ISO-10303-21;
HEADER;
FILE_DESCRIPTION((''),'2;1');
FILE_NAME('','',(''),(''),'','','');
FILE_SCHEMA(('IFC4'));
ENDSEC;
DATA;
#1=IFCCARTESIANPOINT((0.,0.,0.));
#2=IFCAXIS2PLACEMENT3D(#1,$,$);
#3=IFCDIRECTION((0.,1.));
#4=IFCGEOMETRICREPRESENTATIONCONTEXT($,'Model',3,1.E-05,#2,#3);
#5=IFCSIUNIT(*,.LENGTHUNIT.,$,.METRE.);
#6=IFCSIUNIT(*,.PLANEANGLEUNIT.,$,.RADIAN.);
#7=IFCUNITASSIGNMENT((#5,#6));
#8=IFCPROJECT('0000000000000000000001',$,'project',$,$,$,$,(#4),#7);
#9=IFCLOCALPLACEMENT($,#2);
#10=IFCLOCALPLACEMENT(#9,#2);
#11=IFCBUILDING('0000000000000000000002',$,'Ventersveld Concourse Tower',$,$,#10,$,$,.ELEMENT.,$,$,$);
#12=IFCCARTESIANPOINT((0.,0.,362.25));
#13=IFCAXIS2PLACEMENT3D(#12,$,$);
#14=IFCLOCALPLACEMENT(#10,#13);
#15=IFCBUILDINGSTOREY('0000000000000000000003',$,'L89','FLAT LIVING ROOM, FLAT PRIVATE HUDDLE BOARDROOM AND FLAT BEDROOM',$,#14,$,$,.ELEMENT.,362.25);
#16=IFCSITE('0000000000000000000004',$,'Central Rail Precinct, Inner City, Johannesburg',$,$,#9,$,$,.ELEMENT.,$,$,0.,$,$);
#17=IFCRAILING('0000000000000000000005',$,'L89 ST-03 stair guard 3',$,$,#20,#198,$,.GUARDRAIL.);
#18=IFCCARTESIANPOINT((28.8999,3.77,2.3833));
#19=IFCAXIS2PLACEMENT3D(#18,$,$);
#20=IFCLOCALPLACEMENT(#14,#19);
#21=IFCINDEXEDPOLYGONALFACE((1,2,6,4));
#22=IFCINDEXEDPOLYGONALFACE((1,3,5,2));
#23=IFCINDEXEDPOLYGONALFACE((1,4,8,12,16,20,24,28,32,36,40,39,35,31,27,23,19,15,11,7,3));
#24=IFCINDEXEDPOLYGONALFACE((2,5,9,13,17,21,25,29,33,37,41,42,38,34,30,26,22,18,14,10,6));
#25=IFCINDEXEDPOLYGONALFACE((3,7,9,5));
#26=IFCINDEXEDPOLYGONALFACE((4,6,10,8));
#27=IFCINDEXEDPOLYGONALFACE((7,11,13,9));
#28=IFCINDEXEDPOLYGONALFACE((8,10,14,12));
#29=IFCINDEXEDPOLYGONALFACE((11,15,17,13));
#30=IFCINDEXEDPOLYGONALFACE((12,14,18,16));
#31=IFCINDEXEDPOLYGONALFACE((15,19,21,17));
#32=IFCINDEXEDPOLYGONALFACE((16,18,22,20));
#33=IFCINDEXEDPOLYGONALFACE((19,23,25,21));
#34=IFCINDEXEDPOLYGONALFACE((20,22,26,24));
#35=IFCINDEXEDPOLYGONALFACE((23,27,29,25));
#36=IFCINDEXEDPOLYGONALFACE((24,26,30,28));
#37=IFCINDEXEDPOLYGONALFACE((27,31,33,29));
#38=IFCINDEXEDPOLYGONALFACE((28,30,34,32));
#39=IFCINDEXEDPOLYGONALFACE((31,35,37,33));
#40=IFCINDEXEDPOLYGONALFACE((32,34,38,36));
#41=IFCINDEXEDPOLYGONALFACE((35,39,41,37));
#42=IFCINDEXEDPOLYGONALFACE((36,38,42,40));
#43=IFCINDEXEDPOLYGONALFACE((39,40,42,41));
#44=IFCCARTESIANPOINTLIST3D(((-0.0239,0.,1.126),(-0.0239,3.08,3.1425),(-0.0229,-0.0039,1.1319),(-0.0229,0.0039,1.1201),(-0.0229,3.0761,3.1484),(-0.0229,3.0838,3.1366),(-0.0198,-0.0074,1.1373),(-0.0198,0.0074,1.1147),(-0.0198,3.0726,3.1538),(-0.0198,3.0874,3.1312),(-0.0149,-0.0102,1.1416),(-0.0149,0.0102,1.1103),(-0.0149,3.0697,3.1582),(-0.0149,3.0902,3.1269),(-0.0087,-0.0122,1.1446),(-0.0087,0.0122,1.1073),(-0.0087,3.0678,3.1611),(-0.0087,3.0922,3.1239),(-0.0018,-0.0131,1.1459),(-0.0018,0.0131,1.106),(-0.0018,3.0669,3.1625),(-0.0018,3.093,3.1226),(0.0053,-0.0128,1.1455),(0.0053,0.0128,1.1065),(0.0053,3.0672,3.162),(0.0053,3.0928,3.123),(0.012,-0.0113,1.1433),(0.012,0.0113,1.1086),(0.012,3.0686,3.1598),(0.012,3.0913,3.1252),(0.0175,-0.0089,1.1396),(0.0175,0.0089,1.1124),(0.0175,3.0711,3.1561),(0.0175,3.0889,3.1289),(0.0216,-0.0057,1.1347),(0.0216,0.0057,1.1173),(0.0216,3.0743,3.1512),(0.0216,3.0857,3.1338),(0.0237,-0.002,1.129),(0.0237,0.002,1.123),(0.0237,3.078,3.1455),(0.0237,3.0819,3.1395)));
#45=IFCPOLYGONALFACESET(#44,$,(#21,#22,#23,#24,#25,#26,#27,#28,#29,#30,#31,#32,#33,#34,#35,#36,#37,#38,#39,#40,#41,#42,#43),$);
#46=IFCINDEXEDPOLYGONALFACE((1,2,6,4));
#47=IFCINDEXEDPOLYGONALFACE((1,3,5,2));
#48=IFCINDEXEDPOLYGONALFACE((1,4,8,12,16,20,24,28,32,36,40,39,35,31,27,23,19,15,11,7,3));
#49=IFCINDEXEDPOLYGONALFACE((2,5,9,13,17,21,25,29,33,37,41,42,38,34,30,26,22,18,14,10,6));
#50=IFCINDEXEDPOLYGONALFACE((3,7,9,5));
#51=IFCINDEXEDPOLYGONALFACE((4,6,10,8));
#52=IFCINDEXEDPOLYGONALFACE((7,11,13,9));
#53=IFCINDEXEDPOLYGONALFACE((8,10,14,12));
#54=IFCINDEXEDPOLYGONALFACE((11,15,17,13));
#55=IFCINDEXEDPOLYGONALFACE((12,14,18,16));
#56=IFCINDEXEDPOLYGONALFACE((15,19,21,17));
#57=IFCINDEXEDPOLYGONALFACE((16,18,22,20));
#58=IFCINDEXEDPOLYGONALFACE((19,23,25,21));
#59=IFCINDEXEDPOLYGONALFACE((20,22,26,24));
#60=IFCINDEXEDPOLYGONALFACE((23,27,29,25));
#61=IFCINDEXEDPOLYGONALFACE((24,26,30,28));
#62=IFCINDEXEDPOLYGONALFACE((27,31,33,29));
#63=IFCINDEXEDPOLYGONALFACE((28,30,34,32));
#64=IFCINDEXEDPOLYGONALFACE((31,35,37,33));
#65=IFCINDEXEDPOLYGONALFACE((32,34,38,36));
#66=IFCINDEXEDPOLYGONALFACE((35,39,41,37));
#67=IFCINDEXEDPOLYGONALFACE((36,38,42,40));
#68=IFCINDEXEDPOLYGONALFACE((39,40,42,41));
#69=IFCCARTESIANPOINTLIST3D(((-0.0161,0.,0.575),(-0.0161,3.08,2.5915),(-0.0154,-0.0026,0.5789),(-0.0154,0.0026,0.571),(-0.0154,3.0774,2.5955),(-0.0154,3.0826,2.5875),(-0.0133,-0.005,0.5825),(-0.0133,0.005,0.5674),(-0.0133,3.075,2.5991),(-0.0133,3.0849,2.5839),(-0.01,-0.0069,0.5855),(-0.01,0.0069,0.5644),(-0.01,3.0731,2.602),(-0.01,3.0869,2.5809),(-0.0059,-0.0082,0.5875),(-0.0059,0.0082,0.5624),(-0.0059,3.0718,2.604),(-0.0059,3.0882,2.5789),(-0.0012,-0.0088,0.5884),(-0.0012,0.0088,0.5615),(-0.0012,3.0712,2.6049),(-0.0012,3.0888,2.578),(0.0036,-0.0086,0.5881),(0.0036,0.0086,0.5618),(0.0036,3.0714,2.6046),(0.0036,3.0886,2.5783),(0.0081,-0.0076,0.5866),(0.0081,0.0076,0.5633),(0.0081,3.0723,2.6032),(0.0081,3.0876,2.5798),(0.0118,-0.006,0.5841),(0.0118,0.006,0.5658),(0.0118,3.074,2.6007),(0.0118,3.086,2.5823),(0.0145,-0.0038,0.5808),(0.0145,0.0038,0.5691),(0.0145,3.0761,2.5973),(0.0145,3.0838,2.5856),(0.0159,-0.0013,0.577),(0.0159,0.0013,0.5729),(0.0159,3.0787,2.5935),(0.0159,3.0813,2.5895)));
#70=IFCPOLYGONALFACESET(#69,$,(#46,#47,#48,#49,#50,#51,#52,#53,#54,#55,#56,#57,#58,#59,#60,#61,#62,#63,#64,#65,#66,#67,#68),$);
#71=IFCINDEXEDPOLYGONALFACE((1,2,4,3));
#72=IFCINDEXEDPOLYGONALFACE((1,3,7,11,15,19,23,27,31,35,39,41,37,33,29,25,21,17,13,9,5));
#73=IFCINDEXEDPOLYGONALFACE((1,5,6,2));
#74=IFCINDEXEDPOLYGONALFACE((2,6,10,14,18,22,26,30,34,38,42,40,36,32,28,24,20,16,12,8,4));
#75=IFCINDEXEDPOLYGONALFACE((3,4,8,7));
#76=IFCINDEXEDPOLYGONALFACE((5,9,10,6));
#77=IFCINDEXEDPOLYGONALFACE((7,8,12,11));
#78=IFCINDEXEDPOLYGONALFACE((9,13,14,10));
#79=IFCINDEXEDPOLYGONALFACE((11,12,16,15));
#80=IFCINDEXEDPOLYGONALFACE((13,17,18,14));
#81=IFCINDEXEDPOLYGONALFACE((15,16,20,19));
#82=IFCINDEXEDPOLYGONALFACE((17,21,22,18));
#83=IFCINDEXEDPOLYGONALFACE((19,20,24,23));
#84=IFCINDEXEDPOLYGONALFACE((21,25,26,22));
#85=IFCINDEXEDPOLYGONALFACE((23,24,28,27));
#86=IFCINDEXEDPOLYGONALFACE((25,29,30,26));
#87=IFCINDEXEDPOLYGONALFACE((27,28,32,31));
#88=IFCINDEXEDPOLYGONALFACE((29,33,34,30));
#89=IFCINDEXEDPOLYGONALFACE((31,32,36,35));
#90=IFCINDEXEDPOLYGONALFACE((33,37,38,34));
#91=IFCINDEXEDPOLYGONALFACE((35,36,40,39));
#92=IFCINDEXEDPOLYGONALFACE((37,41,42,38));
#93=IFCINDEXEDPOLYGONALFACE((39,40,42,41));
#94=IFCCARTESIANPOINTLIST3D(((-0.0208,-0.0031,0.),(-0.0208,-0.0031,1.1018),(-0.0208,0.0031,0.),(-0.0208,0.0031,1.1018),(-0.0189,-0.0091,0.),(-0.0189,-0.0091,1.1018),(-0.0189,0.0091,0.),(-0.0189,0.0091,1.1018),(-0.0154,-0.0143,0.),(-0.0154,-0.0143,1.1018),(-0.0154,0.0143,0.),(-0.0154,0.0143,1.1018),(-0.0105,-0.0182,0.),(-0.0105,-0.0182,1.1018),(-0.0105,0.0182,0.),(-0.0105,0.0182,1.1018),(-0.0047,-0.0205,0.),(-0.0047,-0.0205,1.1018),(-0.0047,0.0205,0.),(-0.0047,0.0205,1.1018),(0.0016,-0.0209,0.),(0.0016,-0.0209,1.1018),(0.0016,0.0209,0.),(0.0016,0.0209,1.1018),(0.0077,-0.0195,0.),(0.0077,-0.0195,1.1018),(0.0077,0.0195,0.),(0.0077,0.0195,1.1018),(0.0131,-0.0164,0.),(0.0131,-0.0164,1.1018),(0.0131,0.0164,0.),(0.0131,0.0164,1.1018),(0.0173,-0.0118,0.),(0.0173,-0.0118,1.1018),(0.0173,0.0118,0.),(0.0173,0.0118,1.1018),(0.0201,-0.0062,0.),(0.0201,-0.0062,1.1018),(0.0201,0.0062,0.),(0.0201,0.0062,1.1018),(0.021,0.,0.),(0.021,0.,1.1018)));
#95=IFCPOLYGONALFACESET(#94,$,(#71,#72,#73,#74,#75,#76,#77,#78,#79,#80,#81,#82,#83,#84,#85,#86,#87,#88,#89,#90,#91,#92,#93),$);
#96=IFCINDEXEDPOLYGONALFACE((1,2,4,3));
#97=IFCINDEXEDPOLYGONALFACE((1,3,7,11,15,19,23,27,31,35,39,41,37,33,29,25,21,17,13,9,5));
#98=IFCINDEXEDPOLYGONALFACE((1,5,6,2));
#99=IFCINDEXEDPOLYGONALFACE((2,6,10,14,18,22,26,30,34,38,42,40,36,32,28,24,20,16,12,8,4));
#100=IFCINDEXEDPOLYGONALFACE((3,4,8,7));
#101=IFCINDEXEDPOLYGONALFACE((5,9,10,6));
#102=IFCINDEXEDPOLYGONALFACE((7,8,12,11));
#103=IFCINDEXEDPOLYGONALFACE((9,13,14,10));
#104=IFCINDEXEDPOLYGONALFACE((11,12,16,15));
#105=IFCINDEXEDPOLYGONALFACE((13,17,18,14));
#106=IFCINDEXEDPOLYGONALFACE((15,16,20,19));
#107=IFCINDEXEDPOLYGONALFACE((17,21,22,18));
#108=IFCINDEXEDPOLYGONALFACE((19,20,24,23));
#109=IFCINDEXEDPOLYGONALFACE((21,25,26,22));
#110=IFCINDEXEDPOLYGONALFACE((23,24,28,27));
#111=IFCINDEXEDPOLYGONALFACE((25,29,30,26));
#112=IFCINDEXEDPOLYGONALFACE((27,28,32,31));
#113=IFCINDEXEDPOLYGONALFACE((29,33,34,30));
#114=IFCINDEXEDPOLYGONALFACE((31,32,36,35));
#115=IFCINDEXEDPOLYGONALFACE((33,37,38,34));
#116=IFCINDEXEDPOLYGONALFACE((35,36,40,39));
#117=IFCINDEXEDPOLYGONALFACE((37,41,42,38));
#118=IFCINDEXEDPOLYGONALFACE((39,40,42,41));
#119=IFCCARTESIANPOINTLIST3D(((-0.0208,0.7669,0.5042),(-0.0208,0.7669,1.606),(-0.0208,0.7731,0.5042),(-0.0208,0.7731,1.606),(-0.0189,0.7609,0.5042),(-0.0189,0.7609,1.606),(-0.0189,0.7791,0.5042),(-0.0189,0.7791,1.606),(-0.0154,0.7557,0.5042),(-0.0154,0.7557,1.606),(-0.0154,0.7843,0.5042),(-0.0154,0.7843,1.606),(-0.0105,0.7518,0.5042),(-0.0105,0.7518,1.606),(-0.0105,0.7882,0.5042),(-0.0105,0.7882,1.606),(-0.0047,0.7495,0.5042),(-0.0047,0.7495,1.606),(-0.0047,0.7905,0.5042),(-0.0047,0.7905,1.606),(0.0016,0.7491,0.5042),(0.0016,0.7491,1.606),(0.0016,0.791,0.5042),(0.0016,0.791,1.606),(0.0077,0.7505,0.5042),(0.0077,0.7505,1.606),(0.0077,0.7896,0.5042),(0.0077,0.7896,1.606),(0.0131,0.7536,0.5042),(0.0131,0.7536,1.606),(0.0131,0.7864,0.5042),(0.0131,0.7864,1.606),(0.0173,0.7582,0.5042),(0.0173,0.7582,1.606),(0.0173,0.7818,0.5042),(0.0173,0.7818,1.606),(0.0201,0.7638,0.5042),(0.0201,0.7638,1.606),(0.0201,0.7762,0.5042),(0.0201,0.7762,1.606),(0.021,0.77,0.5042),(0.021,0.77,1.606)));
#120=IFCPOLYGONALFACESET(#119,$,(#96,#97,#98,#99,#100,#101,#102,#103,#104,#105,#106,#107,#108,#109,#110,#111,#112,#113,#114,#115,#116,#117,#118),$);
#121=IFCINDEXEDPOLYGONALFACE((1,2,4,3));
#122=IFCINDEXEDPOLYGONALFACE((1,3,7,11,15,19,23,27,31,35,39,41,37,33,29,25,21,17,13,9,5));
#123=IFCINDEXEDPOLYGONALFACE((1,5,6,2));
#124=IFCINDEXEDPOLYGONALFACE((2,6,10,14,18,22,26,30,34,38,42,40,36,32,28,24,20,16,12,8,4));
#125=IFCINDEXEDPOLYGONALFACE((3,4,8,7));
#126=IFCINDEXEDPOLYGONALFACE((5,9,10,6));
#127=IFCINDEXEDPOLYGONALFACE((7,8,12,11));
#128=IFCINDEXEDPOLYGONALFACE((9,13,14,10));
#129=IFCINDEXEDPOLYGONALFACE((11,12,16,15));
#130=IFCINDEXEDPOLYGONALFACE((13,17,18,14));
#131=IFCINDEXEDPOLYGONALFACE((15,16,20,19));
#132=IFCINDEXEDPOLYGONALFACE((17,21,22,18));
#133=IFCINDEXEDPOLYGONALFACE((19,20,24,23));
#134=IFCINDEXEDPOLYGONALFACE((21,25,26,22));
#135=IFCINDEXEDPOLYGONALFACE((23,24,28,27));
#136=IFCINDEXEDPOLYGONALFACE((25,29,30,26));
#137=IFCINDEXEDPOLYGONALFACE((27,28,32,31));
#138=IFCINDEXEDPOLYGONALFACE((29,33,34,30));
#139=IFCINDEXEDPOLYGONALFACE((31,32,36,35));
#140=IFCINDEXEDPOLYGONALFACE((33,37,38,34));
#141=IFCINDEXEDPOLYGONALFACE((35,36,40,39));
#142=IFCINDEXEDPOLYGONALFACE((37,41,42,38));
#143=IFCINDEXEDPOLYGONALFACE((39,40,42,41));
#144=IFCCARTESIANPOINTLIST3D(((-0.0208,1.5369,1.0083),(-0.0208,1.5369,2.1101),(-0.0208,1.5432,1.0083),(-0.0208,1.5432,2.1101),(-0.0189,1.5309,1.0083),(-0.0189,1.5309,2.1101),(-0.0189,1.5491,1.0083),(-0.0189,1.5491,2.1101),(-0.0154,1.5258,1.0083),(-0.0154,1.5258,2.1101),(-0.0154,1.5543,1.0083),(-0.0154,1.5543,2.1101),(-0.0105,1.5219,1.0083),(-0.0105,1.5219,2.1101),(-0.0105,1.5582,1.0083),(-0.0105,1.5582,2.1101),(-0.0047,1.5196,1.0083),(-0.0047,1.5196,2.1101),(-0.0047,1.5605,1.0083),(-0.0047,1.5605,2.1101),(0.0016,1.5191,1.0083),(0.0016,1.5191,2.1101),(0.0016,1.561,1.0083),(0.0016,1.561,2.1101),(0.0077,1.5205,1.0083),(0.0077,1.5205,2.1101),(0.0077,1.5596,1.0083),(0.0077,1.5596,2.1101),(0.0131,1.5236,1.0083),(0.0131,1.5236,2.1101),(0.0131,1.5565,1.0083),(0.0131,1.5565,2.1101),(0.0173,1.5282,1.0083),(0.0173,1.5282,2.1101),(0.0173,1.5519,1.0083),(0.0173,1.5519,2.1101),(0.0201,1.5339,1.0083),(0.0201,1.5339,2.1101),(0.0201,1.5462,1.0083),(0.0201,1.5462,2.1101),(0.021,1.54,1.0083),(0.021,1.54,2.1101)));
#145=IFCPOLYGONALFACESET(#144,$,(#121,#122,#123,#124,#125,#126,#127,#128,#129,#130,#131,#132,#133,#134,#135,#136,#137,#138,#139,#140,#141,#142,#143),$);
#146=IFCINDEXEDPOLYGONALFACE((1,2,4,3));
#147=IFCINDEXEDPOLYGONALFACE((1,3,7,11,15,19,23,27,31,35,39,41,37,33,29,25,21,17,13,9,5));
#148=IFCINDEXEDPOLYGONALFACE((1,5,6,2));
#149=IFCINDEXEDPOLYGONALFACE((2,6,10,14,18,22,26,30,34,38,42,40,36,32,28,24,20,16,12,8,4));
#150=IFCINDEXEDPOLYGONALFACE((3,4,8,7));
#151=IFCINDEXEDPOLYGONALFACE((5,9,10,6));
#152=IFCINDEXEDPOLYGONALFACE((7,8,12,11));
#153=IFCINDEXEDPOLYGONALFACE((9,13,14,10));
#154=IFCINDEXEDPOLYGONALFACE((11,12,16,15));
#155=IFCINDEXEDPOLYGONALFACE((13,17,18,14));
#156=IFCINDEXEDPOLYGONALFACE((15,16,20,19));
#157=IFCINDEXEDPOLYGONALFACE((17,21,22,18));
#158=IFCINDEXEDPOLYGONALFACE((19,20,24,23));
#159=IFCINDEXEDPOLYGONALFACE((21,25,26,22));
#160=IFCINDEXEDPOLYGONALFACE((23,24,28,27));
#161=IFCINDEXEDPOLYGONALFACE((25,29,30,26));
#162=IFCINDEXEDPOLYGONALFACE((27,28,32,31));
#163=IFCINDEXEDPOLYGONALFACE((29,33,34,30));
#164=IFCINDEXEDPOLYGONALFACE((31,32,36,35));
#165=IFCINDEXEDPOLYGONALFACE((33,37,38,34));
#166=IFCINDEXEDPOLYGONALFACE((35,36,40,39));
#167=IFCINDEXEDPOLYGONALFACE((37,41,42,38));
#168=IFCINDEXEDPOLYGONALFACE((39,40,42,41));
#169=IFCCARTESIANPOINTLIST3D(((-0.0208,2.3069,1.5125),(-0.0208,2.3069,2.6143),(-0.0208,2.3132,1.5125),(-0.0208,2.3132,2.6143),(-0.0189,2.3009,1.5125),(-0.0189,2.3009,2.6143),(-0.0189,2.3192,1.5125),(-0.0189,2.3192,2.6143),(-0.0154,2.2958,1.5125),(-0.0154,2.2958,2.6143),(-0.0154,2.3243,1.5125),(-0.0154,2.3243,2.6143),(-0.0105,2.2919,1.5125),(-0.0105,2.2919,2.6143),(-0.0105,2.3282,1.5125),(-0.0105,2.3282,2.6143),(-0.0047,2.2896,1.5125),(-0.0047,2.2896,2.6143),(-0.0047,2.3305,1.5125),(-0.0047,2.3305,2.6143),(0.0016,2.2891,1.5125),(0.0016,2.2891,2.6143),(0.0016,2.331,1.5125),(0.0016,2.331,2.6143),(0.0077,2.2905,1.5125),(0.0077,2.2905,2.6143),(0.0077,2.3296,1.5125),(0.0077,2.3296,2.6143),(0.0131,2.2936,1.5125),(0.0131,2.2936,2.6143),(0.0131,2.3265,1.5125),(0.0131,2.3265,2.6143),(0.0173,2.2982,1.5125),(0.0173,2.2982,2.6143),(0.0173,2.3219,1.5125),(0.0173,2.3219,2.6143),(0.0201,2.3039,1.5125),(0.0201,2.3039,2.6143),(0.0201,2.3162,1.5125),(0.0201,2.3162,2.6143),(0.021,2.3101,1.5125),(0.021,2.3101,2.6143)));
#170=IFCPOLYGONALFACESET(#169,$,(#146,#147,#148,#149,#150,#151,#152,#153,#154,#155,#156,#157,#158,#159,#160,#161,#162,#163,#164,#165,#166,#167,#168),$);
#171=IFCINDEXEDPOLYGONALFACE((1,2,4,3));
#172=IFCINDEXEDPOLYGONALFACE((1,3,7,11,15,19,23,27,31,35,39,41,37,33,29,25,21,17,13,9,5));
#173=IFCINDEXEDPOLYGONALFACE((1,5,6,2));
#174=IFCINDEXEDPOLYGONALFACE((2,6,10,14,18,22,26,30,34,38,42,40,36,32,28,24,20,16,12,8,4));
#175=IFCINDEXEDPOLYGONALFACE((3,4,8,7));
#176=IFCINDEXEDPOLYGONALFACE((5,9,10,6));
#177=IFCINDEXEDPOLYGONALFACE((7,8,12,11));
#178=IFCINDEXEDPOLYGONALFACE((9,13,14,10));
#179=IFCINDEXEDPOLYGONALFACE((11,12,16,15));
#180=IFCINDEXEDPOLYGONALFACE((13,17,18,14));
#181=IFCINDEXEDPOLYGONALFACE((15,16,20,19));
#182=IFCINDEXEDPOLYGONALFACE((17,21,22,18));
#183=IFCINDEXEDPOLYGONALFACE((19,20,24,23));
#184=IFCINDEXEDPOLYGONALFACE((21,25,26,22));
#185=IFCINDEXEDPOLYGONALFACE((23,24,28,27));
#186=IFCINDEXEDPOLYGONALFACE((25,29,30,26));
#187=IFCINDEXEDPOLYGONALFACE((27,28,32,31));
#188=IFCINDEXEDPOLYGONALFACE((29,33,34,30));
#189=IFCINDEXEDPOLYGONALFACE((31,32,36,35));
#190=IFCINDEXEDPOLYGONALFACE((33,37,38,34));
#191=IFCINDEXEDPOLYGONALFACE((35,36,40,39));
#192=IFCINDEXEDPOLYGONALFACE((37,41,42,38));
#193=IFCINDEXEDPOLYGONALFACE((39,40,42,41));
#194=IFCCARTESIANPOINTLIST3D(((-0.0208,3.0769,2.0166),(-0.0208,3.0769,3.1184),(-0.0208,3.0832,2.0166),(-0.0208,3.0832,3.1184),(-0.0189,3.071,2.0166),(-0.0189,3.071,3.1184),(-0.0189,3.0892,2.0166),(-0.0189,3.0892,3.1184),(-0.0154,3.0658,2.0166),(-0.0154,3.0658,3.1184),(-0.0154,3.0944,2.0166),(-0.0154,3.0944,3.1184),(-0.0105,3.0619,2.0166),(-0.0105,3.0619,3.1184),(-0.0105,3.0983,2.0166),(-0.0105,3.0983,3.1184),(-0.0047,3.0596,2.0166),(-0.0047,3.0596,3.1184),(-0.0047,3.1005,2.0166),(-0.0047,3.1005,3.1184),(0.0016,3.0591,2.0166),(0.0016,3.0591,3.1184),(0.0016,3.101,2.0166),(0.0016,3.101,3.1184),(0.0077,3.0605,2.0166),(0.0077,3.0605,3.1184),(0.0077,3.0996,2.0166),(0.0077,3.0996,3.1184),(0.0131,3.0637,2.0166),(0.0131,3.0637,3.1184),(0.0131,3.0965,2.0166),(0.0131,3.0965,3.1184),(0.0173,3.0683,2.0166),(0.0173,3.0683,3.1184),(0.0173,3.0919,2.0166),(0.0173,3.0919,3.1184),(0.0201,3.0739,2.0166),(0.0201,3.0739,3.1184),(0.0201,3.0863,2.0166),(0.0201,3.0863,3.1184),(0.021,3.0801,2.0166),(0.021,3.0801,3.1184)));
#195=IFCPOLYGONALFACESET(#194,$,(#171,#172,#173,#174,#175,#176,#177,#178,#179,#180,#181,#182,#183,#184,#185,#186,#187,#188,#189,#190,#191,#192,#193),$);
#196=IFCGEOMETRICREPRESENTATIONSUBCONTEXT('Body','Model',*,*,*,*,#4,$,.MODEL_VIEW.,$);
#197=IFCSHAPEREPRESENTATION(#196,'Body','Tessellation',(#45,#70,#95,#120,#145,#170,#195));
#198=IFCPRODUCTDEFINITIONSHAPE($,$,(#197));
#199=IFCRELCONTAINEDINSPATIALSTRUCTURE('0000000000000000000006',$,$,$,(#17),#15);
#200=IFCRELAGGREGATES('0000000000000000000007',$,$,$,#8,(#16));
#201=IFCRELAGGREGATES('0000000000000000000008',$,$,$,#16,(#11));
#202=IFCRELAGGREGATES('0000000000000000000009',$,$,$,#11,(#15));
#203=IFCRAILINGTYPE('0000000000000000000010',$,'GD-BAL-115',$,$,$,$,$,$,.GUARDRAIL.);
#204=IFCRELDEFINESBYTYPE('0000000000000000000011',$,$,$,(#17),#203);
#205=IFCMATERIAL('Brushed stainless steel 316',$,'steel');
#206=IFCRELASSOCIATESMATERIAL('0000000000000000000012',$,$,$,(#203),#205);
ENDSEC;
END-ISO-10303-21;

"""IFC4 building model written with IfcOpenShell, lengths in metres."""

from ifc_helpers import new_model, si_unit, direction, frame, origin, origin_2d, place, context, subcontext, project, spatial, circle, extrude, material, type_object, element, save


model = new_model("IFC4")

# Units and contexts
model_context = context("Model", 3, precision=1e-05, world=origin(), true_north=direction((0.0, 1.0)))
body_context = subcontext(model_context, "Body", "Model", "MODEL_VIEW")
ifc_project = project(units=[si_unit("LENGTHUNIT", "METRE"), si_unit("PLANEANGLEUNIT", "RADIAN")], contexts=[model_context])

# Site, building, storey
site_placement = place(None, origin())
site = spatial("IfcSite", under=ifc_project, at=site_placement, Name="Central Rail Precinct, Inner City, Johannesburg", CompositionType="ELEMENT", RefElevation=0.0)
building_placement = place(site_placement, origin())
building = spatial("IfcBuilding", under=site, at=building_placement, Name="Ventersveld Concourse Tower", CompositionType="ELEMENT")
storey_placement = place(building_placement, frame((0.0, 0.0, 362.25)))
storey = spatial("IfcBuildingStorey", under=building, at=storey_placement, Name="L89", Description="FLAT LIVING ROOM, FLAT PRIVATE HUDDLE BOARDROOM AND FLAT BEDROOM", CompositionType="ELEMENT", Elevation=362.25)

# Shared definitions
ifc_material_1 = material(Name="Brushed stainless steel 316", Category="steel")

# Railing
railing_type_1 = type_object("IfcRailingType", Name="GD-BAL-115", PredefinedType="GUARDRAIL", material=ifc_material_1)
railing_1_placement = place(storey_placement, frame((28.8999, 3.77, 2.3833)))
element("IfcRailing", 1, at=railing_1_placement, inside=storey, type_object=railing_type_1, Name="L89 ST-03 stair guard 3", PredefinedType="GUARDRAIL", context=body_context, shape_type="SweptSolid", body=[
    extrude(circle(Radius=0.0239, at=origin_2d()), frame((0.0, 0.0, 1.126), z_axis=(0.0, 0.836633, 0.547764), x_axis=(-1.0, 0.0, 0.0)), (0.0, 0.0, 1.0), 3.6814),
    extrude(circle(Radius=0.0161, at=origin_2d()), frame((0.0, 0.0, 0.575), z_axis=(0.0, 0.836633, 0.547764), x_axis=(-1.0, 0.0, 0.0)), (0.0, 0.0, 1.0), 3.6814),
    extrude(circle(Radius=0.021, at=origin_2d()), origin(), (0.0, 0.0, 1.0), 1.1018),
    extrude(circle(Radius=0.021, at=origin_2d()), frame((0.0, 0.77, 0.5042)), (0.0, 0.0, 1.0), 1.1018),
    extrude(circle(Radius=0.021, at=origin_2d()), frame((0.0, 1.54, 1.0083)), (0.0, 0.0, 1.0), 1.1018),
    extrude(circle(Radius=0.021, at=origin_2d()), frame((0.0, 2.3101, 1.5125)), (0.0, 0.0, 1.0), 1.1018),
    extrude(circle(Radius=0.021, at=origin_2d()), frame((0.0, 3.0801, 2.0166)), (0.0, 0.0, 1.0), 1.1018),
])

save(model, "model.ifc")
